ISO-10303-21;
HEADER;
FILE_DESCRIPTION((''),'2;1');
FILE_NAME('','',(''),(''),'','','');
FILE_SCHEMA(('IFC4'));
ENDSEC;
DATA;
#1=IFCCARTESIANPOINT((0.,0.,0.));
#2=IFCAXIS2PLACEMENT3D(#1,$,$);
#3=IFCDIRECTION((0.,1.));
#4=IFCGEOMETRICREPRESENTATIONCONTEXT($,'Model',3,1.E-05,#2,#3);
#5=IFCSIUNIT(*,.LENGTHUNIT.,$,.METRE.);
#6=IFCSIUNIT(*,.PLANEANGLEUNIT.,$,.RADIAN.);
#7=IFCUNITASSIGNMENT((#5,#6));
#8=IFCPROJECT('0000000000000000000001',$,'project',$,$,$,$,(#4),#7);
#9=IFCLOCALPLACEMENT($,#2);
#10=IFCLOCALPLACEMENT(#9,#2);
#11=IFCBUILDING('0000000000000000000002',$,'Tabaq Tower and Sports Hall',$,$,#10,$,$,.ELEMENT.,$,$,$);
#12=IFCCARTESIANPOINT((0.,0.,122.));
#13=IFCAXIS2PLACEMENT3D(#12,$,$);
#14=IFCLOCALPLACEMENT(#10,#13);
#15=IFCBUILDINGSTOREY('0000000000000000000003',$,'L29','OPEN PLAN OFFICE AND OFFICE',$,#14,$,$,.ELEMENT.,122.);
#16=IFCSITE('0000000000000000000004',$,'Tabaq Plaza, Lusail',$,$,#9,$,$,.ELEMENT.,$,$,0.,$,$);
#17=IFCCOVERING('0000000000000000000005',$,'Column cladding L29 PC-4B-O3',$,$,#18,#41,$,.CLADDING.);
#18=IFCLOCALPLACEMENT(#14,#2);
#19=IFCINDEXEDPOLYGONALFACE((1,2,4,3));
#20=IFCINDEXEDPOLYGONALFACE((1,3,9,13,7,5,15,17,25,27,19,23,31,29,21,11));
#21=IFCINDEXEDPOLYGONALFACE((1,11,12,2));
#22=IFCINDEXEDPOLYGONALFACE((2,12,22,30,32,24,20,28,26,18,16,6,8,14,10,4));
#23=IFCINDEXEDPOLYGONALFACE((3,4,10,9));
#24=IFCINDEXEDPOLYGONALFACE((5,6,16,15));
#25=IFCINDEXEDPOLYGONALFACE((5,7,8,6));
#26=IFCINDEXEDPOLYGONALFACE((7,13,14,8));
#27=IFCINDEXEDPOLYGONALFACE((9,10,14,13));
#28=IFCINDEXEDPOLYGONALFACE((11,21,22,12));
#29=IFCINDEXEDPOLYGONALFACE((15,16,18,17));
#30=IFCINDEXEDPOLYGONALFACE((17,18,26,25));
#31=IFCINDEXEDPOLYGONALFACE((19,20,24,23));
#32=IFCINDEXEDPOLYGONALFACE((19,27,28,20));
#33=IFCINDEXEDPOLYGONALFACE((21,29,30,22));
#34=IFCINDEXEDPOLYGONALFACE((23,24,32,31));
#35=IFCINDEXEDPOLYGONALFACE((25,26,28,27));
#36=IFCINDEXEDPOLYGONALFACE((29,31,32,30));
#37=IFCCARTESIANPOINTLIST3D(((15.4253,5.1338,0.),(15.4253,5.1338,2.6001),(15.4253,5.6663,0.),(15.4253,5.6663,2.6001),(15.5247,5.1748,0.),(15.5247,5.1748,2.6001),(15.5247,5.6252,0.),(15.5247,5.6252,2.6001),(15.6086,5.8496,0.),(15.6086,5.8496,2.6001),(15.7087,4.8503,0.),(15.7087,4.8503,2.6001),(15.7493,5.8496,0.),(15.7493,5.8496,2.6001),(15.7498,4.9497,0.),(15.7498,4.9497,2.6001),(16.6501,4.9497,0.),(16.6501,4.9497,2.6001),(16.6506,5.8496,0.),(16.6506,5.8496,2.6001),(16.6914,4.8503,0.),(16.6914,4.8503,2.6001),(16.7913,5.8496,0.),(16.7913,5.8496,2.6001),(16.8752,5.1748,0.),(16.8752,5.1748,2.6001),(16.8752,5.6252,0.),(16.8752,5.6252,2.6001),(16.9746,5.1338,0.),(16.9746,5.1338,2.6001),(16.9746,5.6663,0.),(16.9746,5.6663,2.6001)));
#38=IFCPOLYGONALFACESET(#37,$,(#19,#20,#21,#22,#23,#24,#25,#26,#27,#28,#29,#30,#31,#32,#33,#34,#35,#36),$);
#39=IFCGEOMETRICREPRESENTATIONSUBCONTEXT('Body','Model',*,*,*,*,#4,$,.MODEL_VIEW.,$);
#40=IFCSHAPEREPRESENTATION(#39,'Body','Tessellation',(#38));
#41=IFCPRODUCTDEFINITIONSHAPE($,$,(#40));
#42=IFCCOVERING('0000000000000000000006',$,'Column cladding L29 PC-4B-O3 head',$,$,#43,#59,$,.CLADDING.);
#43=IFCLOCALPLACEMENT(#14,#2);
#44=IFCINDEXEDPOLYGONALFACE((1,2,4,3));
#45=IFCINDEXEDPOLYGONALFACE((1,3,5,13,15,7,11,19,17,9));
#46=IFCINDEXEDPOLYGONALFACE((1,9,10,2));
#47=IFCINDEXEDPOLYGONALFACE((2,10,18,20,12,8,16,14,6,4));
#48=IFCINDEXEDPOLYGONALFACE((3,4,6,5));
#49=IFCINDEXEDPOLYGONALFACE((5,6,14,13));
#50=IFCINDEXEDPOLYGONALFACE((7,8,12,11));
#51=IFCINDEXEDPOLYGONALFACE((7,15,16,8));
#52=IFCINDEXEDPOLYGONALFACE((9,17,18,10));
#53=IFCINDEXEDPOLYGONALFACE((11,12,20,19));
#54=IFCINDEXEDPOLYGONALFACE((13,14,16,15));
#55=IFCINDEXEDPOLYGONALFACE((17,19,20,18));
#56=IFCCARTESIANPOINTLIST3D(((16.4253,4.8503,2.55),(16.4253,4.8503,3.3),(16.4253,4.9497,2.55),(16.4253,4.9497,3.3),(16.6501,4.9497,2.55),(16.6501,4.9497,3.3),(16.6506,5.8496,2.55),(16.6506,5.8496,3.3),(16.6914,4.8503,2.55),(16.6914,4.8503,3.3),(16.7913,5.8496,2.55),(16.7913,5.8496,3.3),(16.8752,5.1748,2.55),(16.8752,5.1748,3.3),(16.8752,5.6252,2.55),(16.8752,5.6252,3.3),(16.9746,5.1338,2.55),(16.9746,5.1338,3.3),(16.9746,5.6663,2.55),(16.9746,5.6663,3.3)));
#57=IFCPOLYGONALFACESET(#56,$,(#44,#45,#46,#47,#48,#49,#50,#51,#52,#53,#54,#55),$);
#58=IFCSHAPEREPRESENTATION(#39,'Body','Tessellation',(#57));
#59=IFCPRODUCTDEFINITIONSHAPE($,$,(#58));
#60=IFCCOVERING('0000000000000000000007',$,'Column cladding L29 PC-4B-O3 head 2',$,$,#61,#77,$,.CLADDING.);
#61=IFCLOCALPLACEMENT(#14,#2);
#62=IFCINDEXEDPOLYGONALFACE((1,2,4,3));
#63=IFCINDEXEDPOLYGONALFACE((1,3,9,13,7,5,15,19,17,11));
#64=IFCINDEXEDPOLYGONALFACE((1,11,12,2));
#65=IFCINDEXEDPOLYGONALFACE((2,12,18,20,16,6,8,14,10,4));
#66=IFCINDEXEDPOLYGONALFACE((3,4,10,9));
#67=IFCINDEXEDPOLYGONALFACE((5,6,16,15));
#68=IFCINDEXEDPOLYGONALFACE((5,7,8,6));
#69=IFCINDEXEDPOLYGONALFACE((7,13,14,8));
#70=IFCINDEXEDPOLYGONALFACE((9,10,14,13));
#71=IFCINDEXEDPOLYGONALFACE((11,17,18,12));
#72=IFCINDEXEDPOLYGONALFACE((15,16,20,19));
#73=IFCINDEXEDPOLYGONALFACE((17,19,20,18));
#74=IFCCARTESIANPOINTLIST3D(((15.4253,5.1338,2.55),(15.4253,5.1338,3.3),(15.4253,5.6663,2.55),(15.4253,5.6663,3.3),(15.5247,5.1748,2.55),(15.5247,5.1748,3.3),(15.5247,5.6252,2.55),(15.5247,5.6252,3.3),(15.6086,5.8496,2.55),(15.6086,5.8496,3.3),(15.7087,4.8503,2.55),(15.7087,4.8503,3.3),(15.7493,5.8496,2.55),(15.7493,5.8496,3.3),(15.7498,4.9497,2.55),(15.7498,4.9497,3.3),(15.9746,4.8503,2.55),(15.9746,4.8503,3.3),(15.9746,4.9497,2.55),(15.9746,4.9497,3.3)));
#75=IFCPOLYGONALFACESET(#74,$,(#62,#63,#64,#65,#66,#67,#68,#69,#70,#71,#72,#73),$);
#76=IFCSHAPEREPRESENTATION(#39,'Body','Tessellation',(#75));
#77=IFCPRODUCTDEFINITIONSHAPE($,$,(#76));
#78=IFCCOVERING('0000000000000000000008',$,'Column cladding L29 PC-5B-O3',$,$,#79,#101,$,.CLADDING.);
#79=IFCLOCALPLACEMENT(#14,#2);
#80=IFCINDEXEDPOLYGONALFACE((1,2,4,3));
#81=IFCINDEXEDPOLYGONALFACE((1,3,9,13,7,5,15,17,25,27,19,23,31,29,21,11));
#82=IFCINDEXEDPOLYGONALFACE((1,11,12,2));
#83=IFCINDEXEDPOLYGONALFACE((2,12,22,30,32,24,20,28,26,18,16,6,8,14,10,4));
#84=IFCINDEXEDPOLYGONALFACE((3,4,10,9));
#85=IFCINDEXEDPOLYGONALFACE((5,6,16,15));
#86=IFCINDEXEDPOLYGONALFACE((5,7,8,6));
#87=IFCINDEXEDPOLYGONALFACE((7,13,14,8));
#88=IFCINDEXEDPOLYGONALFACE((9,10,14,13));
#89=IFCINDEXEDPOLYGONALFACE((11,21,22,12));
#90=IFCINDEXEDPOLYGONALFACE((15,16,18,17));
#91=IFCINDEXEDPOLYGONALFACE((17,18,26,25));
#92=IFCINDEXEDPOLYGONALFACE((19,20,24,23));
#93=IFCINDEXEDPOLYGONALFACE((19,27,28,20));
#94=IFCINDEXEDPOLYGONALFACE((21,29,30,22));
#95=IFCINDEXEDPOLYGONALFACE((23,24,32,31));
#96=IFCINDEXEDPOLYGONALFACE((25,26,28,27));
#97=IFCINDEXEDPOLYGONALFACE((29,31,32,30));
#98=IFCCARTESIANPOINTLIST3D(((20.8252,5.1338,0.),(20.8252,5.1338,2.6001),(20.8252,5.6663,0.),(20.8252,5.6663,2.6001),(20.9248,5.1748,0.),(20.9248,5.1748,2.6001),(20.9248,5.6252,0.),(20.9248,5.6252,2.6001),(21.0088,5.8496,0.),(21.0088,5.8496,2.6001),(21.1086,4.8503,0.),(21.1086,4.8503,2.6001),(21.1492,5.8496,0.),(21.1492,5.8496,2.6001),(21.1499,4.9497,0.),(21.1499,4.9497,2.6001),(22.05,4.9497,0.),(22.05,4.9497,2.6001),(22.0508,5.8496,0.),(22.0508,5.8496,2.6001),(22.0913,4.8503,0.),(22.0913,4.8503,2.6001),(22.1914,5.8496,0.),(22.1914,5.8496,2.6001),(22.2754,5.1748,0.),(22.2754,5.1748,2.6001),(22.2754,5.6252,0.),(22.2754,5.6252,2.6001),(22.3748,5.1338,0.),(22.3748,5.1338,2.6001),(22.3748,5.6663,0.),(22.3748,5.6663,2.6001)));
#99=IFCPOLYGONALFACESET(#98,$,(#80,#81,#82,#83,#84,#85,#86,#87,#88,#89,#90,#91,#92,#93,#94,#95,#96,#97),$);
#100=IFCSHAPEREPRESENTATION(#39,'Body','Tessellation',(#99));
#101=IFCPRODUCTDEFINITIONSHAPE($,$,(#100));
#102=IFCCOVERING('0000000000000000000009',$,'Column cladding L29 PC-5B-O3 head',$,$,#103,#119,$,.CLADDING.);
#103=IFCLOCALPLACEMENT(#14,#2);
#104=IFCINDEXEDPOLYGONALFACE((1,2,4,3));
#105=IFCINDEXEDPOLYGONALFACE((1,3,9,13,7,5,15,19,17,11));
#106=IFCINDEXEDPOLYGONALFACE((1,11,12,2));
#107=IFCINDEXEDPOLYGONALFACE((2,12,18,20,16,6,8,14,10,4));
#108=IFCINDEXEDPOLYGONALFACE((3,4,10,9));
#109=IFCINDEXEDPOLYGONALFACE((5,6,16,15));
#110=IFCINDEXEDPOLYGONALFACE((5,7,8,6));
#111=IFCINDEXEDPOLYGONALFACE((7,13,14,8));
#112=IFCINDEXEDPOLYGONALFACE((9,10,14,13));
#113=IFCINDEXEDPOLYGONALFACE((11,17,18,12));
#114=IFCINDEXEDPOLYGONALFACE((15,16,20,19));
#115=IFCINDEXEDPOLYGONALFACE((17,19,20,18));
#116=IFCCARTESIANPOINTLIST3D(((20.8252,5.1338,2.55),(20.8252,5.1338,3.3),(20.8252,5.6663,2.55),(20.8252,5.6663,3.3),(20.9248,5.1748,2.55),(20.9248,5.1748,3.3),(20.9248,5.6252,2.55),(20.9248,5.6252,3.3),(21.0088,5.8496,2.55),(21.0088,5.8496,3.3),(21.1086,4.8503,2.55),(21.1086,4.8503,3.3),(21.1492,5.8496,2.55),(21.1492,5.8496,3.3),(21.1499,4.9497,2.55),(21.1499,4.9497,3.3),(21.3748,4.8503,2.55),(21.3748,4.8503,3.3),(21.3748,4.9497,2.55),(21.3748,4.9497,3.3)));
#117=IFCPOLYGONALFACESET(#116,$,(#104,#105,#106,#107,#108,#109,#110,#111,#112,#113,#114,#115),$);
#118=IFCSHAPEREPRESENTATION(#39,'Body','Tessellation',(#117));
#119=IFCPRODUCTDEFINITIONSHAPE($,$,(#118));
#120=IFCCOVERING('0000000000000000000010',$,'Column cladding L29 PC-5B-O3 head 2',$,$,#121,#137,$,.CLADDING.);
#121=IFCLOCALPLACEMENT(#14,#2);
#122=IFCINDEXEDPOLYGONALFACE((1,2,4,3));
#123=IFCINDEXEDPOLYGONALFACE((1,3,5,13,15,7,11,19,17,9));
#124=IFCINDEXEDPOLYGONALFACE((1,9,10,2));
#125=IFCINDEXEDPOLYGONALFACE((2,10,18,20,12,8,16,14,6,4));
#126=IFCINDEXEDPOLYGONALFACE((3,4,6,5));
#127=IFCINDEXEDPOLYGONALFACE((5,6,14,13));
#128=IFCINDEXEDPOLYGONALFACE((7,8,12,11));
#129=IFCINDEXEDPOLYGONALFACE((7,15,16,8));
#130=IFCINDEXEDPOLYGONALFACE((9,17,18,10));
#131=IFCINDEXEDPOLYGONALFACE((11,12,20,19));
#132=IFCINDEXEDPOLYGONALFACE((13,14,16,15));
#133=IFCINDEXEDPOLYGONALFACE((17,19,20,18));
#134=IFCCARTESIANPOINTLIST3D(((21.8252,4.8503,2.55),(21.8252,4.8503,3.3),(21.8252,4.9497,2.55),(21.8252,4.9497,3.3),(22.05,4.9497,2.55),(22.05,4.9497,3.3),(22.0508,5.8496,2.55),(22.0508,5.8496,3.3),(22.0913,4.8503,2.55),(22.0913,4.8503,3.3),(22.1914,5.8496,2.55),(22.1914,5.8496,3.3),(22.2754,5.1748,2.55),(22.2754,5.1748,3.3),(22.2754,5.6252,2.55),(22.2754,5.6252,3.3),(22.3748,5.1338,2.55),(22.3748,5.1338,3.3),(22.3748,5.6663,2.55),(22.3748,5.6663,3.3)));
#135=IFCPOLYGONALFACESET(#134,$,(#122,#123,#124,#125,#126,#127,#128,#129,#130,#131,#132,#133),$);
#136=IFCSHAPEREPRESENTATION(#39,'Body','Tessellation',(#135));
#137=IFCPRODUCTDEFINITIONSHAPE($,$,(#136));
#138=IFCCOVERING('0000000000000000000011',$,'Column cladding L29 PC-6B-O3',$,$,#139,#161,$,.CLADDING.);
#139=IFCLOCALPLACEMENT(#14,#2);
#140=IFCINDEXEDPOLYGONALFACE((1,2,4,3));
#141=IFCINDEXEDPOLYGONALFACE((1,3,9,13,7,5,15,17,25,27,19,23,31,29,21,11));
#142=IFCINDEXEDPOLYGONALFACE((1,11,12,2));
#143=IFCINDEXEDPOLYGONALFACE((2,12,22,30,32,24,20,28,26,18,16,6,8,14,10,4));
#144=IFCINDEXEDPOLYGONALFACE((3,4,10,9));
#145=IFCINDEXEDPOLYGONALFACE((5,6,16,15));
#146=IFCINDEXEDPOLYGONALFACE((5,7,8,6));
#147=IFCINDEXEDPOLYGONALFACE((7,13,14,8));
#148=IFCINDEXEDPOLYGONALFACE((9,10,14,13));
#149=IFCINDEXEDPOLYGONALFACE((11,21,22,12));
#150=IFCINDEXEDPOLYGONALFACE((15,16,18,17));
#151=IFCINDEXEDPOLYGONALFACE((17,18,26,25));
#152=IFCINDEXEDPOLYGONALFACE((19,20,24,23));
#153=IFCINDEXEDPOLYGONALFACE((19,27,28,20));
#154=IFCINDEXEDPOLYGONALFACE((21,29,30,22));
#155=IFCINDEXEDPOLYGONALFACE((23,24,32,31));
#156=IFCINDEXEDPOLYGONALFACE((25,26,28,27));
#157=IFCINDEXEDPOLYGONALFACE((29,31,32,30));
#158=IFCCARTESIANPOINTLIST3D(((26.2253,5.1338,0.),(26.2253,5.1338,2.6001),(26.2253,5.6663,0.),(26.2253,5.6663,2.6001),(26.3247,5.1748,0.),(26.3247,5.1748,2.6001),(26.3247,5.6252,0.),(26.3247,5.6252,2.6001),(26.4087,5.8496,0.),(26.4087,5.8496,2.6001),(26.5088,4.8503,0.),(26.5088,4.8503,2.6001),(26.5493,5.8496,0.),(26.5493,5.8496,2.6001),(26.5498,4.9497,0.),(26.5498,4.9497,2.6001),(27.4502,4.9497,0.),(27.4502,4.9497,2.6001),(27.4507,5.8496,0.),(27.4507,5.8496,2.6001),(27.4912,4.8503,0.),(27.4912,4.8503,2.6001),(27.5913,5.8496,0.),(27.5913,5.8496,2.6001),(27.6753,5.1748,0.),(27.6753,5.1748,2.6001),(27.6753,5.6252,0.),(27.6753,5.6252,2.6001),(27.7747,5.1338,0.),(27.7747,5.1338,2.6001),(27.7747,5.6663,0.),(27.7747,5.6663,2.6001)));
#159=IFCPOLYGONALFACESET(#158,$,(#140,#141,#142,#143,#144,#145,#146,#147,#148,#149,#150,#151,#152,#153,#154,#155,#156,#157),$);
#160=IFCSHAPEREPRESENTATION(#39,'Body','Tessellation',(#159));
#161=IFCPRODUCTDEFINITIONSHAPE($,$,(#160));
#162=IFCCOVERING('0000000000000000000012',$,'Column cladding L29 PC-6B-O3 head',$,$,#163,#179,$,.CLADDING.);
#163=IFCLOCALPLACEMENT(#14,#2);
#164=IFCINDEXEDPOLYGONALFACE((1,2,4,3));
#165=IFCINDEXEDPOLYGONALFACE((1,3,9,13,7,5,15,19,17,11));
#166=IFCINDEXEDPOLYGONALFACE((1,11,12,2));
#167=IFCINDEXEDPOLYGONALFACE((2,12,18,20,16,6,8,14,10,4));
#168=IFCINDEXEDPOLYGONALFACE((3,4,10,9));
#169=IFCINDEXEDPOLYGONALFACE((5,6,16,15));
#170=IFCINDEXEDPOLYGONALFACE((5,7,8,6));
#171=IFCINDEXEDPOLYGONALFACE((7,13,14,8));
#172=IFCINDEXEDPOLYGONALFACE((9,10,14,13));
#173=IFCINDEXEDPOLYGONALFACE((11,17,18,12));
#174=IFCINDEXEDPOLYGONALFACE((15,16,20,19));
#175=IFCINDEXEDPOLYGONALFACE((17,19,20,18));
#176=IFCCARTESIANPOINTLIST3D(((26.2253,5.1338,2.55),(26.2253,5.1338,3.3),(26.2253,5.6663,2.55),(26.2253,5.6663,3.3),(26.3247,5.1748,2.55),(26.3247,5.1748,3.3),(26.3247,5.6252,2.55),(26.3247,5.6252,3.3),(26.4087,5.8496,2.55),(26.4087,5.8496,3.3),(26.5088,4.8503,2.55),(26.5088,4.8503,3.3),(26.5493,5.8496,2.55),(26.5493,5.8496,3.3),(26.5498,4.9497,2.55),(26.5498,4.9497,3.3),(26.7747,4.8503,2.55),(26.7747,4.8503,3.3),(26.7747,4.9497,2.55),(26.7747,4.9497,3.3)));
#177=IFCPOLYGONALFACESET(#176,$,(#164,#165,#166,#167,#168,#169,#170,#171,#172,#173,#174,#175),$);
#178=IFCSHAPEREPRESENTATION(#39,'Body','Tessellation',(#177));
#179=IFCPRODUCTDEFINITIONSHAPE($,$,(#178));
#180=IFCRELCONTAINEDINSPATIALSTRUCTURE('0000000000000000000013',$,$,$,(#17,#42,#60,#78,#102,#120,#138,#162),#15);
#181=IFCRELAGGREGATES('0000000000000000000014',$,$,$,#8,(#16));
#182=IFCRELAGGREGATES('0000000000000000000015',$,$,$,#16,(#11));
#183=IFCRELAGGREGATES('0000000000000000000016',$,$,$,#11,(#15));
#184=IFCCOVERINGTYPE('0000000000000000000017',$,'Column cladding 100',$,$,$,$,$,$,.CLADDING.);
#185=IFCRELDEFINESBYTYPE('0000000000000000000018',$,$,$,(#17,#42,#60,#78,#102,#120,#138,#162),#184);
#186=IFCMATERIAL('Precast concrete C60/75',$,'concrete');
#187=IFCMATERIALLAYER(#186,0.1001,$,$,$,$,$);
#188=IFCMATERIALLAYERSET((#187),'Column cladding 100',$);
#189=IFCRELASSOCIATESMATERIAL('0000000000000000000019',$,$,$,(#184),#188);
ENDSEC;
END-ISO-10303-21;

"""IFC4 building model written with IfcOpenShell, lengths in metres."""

from ifc_helpers import new_model, si_unit, direction, frame, origin, place, context, subcontext, project, spatial, polyline, outline, extrude, material, layer, layer_set, type_object, element, save


model = new_model("IFC4")

# Units and contexts
model_context = context("Model", 3, precision=1e-05, world=origin(), true_north=direction((0.0, 1.0)))
body_context = subcontext(model_context, "Body", "Model", "MODEL_VIEW")
ifc_project = project(units=[si_unit("LENGTHUNIT", "METRE"), si_unit("PLANEANGLEUNIT", "RADIAN")], contexts=[model_context])

# Site, building, storey
site_placement = place(None, origin())
site = spatial("IfcSite", under=ifc_project, at=site_placement, Name="Tabaq Plaza, Lusail", CompositionType="ELEMENT", RefElevation=0.0)
building_placement = place(site_placement, origin())
building = spatial("IfcBuilding", under=site, at=building_placement, Name="Tabaq Tower and Sports Hall", CompositionType="ELEMENT")
storey_placement = place(building_placement, frame((0.0, 0.0, 122.0)))
storey = spatial("IfcBuildingStorey", under=building, at=storey_placement, Name="L29", Description="OPEN PLAN OFFICE AND OFFICE", CompositionType="ELEMENT", Elevation=122.0)

# Coverings
ifc_material_1 = material(Name="Precast concrete C60/75", Category="concrete")
ifc_layer_1 = layer(ifc_material_1, 0.1001)
ifc_layer_set_1 = layer_set([ifc_layer_1], Name="Column cladding 100")
covering_type = type_object("IfcCoveringType", Name="Column cladding 100", PredefinedType="CLADDING", material=ifc_layer_set_1)
covering_1_placement = place(storey_placement, origin())
element("IfcCovering", 1, at=covering_1_placement, inside=storey, type_object=covering_type, Name="Column cladding L29 PC-4B-O3", PredefinedType="CLADDING", context=body_context, shape_type="SweptSolid", body=[
    extrude(outline(polyline([(15.4253, 5.6663), (15.6086, 5.8496), (15.7493, 5.8496), (15.5247, 5.6252), (15.5247, 5.1748), (15.7498, 4.9497), (16.6501, 4.9497), (16.8752, 5.1748), (16.8752, 5.6252), (16.6506, 5.8496), (16.7913, 5.8496), (16.9746, 5.6663), (16.9746, 5.1338), (16.6914, 4.8503), (15.7087, 4.8503), (15.4253, 5.1338), (15.4253, 5.6663)])), origin(), (0.0, 0.0, 1.0), 2.6001),
])
covering_2_placement = place(storey_placement, frame((0.0, 0.0, 2.55)))
element("IfcCovering", 2, at=covering_2_placement, inside=storey, type_object=covering_type, Name="Column cladding L29 PC-4B-O3 head", PredefinedType="CLADDING", context=body_context, shape_type="SweptSolid", body=[
    extrude(outline(polyline([(16.6501, 4.9497), (16.8752, 5.1748), (16.8752, 5.6252), (16.6506, 5.8496), (16.7913, 5.8496), (16.9746, 5.6663), (16.9746, 5.1338), (16.6914, 4.8503), (16.4253, 4.8503), (16.4253, 4.9497), (16.6501, 4.9497)])), origin(), (0.0, 0.0, 1.0), 0.75),
])
covering_3_placement = place(storey_placement, frame((0.0, 0.0, 2.55)))
element("IfcCovering", 3, at=covering_3_placement, inside=storey, type_object=covering_type, Name="Column cladding L29 PC-4B-O3 head 2", PredefinedType="CLADDING", context=body_context, shape_type="SweptSolid", body=[
    extrude(outline(polyline([(15.6086, 5.8496), (15.7493, 5.8496), (15.5247, 5.6252), (15.5247, 5.1748), (15.7498, 4.9497), (15.9746, 4.9497), (15.9746, 4.8503), (15.7087, 4.8503), (15.4253, 5.1338), (15.4253, 5.6663), (15.6086, 5.8496)])), origin(), (0.0, 0.0, 1.0), 0.75),
])
covering_4_placement = place(storey_placement, origin())
element("IfcCovering", 4, at=covering_4_placement, inside=storey, type_object=covering_type, Name="Column cladding L29 PC-5B-O3", PredefinedType="CLADDING", context=body_context, shape_type="SweptSolid", body=[
    extrude(outline(polyline([(20.8252, 5.6663), (21.0088, 5.8496), (21.1492, 5.8496), (20.9248, 5.6252), (20.9248, 5.1748), (21.1499, 4.9497), (22.05, 4.9497), (22.2754, 5.1748), (22.2754, 5.6252), (22.0508, 5.8496), (22.1914, 5.8496), (22.3748, 5.6663), (22.3748, 5.1338), (22.0913, 4.8503), (21.1086, 4.8503), (20.8252, 5.1338), (20.8252, 5.6663)])), origin(), (0.0, 0.0, 1.0), 2.6001),
])
covering_5_placement = place(storey_placement, frame((0.0, 0.0, 2.55)))
element("IfcCovering", 5, at=covering_5_placement, inside=storey, type_object=covering_type, Name="Column cladding L29 PC-5B-O3 head", PredefinedType="CLADDING", context=body_context, shape_type="SweptSolid", body=[
    extrude(outline(polyline([(21.0088, 5.8496), (21.1492, 5.8496), (20.9248, 5.6252), (20.9248, 5.1748), (21.1499, 4.9497), (21.3748, 4.9497), (21.3748, 4.8503), (21.1086, 4.8503), (20.8252, 5.1338), (20.8252, 5.6663), (21.0088, 5.8496)])), origin(), (0.0, 0.0, 1.0), 0.75),
])
covering_6_placement = place(storey_placement, frame((0.0, 0.0, 2.55)))
element("IfcCovering", 6, at=covering_6_placement, inside=storey, type_object=covering_type, Name="Column cladding L29 PC-5B-O3 head 2", PredefinedType="CLADDING", context=body_context, shape_type="SweptSolid", body=[
    extrude(outline(polyline([(22.05, 4.9497), (22.2754, 5.1748), (22.2754, 5.6252), (22.0508, 5.8496), (22.1914, 5.8496), (22.3748, 5.6663), (22.3748, 5.1338), (22.0913, 4.8503), (21.8252, 4.8503), (21.8252, 4.9497), (22.05, 4.9497)])), origin(), (0.0, 0.0, 1.0), 0.75),
])
covering_7_placement = place(storey_placement, origin())
element("IfcCovering", 7, at=covering_7_placement, inside=storey, type_object=covering_type, Name="Column cladding L29 PC-6B-O3", PredefinedType="CLADDING", context=body_context, shape_type="SweptSolid", body=[
    extrude(outline(polyline([(26.2253, 5.6663), (26.4087, 5.8496), (26.5493, 5.8496), (26.3247, 5.6252), (26.3247, 5.1748), (26.5498, 4.9497), (27.4502, 4.9497), (27.6753, 5.1748), (27.6753, 5.6252), (27.4507, 5.8496), (27.5913, 5.8496), (27.7747, 5.6663), (27.7747, 5.1338), (27.4912, 4.8503), (26.5088, 4.8503), (26.2253, 5.1338), (26.2253, 5.6663)])), origin(), (0.0, 0.0, 1.0), 2.6001),
])
covering_8_placement = place(storey_placement, frame((0.0, 0.0, 2.55)))
element("IfcCovering", 8, at=covering_8_placement, inside=storey, type_object=covering_type, Name="Column cladding L29 PC-6B-O3 head", PredefinedType="CLADDING", context=body_context, shape_type="SweptSolid", body=[
    extrude(outline(polyline([(26.4087, 5.8496), (26.5493, 5.8496), (26.3247, 5.6252), (26.3247, 5.1748), (26.5498, 4.9497), (26.7747, 4.9497), (26.7747, 4.8503), (26.5088, 4.8503), (26.2253, 5.1338), (26.2253, 5.6663), (26.4087, 5.8496)])), origin(), (0.0, 0.0, 1.0), 0.75),
])

save(model, "model.ifc")
